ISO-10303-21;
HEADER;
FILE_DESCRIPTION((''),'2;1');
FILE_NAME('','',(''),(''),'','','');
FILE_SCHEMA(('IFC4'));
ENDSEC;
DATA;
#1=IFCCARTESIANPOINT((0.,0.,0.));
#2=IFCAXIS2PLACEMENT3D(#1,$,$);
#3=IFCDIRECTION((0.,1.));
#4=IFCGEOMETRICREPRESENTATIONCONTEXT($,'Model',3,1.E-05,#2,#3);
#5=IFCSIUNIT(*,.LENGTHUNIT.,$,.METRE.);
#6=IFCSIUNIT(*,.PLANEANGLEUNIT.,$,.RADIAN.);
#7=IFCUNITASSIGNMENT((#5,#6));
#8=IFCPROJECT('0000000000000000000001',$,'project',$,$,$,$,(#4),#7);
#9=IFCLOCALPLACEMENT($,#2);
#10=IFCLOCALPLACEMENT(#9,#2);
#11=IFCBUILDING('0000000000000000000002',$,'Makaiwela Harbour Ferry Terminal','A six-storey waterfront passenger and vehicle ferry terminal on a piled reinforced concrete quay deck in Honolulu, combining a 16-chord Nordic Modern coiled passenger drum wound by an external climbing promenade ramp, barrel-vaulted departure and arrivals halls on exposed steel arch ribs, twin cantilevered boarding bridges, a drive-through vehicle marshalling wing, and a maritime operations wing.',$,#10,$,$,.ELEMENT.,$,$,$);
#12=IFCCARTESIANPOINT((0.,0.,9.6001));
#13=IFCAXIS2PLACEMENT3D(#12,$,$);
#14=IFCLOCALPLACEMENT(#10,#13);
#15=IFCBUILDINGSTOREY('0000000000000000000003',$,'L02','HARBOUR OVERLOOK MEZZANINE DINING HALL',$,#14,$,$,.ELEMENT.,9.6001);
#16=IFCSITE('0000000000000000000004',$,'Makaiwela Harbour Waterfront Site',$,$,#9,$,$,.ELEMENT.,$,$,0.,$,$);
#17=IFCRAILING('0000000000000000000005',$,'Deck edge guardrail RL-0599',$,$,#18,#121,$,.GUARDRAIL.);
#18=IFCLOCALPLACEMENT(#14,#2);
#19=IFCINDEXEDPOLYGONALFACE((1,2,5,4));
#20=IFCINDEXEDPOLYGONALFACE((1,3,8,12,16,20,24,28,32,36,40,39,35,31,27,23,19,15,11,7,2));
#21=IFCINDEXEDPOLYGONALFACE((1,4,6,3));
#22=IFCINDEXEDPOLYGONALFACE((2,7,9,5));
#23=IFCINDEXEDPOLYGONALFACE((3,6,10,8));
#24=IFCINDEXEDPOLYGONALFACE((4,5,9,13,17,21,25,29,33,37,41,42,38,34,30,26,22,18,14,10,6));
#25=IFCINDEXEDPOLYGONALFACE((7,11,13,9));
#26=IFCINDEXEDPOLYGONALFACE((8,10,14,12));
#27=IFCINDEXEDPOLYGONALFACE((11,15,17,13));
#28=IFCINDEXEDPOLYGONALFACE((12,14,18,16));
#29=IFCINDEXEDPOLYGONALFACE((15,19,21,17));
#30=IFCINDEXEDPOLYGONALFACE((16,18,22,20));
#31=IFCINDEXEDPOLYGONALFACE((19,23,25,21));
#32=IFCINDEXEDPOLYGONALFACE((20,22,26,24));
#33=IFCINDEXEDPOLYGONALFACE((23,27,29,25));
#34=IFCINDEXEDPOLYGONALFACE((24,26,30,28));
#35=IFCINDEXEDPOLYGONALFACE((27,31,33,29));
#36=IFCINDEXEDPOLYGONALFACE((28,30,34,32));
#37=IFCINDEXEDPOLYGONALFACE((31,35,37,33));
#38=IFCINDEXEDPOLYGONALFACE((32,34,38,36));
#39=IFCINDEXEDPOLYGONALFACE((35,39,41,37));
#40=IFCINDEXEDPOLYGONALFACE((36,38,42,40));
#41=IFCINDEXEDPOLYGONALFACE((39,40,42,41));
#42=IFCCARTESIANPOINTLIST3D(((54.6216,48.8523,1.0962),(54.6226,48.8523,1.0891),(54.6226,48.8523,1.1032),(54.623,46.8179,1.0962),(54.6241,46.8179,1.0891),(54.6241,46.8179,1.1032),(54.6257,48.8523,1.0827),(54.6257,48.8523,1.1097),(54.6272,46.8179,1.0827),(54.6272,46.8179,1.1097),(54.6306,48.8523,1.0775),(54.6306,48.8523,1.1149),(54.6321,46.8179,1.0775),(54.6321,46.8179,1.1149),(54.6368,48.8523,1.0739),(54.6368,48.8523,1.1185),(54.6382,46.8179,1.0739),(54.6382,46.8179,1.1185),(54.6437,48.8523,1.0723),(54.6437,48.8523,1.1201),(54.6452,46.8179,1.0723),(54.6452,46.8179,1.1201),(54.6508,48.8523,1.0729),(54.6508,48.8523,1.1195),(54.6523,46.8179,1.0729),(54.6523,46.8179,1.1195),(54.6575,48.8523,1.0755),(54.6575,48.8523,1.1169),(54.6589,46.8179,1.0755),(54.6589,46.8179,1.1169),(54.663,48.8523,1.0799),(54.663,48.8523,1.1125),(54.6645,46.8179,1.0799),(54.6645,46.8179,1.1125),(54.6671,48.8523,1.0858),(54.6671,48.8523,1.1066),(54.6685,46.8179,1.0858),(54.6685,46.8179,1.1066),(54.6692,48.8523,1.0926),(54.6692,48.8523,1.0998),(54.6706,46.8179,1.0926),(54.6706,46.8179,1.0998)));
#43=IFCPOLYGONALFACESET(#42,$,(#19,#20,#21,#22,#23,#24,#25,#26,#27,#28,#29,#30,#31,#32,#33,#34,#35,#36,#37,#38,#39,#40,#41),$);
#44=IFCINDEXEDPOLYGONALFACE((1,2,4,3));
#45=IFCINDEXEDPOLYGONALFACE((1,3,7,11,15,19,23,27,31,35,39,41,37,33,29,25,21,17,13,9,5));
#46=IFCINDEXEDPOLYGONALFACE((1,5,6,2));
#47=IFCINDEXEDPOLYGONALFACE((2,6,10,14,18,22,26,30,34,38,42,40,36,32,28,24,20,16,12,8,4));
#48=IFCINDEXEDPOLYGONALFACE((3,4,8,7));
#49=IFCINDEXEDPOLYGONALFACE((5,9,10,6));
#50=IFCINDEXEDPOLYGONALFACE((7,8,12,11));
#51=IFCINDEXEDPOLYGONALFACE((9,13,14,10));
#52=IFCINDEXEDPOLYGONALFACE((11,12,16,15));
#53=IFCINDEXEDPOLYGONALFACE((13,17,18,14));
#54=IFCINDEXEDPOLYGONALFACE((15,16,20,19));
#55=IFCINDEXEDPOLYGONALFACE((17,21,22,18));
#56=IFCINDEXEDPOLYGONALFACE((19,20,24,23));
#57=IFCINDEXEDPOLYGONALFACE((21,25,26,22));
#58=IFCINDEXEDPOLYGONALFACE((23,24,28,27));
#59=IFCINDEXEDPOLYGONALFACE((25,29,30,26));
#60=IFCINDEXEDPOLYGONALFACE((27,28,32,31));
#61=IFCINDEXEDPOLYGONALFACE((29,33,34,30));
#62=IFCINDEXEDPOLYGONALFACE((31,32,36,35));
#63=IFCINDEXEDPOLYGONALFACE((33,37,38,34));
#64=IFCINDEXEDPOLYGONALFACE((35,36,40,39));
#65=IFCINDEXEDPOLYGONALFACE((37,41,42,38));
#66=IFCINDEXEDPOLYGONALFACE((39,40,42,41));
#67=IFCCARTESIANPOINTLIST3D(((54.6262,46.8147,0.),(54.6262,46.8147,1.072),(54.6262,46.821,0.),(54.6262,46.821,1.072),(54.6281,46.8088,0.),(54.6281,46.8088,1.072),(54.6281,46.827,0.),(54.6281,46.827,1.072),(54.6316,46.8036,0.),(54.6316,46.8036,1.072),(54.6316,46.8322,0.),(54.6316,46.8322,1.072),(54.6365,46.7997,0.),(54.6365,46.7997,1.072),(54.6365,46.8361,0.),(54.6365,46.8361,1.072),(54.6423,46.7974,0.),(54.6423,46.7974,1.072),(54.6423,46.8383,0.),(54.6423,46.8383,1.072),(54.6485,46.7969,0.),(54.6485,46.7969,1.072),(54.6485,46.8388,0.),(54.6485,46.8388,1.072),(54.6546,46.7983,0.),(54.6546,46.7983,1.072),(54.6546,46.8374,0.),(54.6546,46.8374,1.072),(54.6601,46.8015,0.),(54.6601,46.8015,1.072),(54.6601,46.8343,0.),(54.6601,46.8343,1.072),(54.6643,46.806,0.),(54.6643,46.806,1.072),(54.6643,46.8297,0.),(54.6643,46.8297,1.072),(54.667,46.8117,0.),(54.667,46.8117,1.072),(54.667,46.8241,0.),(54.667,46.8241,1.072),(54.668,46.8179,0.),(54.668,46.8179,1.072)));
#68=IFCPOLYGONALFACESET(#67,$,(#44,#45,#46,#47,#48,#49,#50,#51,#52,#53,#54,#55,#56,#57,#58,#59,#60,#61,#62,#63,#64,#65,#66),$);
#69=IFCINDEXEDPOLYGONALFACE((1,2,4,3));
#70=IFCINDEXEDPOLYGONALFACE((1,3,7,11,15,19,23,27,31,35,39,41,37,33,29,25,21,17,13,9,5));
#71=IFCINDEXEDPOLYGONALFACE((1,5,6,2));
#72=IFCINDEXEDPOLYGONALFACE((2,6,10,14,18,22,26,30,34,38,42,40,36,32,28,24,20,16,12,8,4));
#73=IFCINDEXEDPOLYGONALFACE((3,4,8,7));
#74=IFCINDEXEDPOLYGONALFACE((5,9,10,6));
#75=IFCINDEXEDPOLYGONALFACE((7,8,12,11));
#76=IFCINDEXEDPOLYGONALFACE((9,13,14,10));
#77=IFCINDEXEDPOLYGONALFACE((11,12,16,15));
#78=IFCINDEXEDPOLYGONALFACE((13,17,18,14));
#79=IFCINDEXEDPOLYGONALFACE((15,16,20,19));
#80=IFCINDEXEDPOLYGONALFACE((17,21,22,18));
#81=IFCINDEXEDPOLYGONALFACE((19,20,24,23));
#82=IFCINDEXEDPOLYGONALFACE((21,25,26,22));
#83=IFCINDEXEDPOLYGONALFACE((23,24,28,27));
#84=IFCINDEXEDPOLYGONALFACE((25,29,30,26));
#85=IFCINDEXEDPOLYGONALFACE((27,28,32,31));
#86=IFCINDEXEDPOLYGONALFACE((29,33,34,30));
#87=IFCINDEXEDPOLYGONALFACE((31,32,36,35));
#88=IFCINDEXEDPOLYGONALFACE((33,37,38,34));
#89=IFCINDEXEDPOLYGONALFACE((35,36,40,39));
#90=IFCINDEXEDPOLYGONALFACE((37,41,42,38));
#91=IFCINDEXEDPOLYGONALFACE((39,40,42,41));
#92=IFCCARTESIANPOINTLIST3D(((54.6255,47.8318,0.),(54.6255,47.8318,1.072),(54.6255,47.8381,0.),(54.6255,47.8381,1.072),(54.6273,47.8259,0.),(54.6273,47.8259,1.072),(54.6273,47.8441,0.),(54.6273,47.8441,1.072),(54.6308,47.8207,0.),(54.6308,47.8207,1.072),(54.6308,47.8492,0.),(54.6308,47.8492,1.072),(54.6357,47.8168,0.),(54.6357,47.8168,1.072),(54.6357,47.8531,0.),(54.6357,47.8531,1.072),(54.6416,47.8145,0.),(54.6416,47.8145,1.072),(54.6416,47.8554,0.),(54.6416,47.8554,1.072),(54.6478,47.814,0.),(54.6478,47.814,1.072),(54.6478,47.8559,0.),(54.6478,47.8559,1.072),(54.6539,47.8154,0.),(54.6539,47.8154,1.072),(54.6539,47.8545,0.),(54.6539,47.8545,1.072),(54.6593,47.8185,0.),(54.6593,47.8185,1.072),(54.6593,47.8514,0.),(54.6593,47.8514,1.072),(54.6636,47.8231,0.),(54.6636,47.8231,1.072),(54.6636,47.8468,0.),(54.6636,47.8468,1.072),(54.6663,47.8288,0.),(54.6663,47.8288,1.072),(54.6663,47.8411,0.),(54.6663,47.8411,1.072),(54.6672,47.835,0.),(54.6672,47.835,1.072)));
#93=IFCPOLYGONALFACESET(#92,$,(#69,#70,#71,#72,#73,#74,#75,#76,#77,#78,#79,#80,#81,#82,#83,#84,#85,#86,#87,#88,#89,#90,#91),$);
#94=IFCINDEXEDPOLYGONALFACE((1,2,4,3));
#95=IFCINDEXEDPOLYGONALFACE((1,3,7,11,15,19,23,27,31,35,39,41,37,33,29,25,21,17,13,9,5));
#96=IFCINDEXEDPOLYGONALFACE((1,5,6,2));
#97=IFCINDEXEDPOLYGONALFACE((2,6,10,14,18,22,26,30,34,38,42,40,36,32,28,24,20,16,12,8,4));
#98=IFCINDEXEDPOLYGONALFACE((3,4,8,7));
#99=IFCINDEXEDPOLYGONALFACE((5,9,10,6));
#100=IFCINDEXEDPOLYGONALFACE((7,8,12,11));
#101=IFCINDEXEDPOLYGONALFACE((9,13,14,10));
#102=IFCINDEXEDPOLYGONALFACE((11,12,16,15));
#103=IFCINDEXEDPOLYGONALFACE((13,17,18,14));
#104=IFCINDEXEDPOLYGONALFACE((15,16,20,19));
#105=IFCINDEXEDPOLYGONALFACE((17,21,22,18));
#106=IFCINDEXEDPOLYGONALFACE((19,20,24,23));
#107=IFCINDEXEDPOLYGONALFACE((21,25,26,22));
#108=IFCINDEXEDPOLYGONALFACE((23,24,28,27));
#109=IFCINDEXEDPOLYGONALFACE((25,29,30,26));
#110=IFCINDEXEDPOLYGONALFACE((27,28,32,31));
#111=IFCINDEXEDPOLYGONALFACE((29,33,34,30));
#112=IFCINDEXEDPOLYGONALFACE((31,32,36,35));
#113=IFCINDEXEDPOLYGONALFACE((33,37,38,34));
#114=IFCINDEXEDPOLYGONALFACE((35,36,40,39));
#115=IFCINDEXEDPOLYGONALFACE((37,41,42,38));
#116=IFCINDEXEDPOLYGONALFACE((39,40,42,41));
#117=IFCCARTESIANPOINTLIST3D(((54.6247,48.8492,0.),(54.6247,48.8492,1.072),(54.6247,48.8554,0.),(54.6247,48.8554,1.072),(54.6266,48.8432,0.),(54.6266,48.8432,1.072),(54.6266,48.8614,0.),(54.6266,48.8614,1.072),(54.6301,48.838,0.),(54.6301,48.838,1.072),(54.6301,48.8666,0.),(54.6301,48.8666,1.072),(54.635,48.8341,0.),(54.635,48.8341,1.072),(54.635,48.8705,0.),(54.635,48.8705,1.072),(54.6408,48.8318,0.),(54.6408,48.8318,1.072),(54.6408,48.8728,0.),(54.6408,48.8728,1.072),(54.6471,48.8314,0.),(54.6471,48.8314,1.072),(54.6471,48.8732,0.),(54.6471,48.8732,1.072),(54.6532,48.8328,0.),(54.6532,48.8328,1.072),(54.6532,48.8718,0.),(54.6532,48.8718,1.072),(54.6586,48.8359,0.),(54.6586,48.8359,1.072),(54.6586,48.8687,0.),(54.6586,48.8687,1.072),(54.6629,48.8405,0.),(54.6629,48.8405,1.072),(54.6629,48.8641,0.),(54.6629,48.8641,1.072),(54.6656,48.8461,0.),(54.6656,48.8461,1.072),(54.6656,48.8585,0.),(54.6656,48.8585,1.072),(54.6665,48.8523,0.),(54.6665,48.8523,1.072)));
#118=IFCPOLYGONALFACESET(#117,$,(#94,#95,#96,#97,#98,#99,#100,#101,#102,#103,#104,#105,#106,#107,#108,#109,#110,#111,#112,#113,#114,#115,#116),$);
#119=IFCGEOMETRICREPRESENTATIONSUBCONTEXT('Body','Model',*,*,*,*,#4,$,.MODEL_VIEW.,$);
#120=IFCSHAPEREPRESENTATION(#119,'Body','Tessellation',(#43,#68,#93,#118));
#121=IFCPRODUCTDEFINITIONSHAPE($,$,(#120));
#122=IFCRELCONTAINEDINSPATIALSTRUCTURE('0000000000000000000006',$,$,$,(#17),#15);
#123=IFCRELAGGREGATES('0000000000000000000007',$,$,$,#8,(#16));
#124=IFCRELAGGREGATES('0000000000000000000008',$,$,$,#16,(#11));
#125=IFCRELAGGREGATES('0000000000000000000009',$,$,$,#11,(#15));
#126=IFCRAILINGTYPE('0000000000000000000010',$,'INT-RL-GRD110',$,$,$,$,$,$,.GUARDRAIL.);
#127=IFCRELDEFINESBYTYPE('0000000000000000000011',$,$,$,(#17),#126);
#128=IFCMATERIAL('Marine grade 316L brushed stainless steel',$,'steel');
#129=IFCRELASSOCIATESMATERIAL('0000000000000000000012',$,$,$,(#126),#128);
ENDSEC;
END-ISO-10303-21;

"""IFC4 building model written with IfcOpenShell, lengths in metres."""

from ifc_helpers import new_model, si_unit, direction, frame, origin, origin_2d, place, context, subcontext, project, spatial, circle, extrude, material, type_object, element, save


model = new_model("IFC4")

# Units and contexts
model_context = context("Model", 3, precision=1e-05, world=origin(), true_north=direction((0.0, 1.0)))
body_context = subcontext(model_context, "Body", "Model", "MODEL_VIEW")
ifc_project = project(units=[si_unit("LENGTHUNIT", "METRE"), si_unit("PLANEANGLEUNIT", "RADIAN")], contexts=[model_context])

# Site, building, storey
site_placement = place(None, origin())
site = spatial("IfcSite", under=ifc_project, at=site_placement, Name="Makaiwela Harbour Waterfront Site", CompositionType="ELEMENT", RefElevation=0.0)
building_placement = place(site_placement, origin())
building = spatial("IfcBuilding", under=site, at=building_placement, Name="Makaiwela Harbour Ferry Terminal", Description="A six-storey waterfront passenger and vehicle ferry terminal on a piled reinforced concrete quay deck in Honolulu, combining a 16-chord Nordic Modern coiled passenger drum wound by an external climbing promenade ramp, barrel-vaulted departure and arrivals halls on exposed steel arch ribs, twin cantilevered boarding bridges, a drive-through vehicle marshalling wing, and a maritime operations wing.", CompositionType="ELEMENT")
storey_placement = place(building_placement, frame((0.0, 0.0, 9.6001)))
storey = spatial("IfcBuildingStorey", under=building, at=storey_placement, Name="L02", Description="HARBOUR OVERLOOK MEZZANINE DINING HALL", CompositionType="ELEMENT", Elevation=9.6001)

# Railing
ifc_material_1 = material(Name="Marine grade 316L brushed stainless steel", Category="steel")
railing_type = type_object("IfcRailingType", Name="INT-RL-GRD110", PredefinedType="GUARDRAIL", material=ifc_material_1)
railing_1_placement = place(storey_placement, frame((54.647, 46.8179, 0.0)))
element("IfcRailing", 1, at=railing_1_placement, inside=storey, type_object=railing_type, Name="Deck edge guardrail RL-0599", PredefinedType="GUARDRAIL", context=body_context, shape_type="SweptSolid", body=[
    extrude(circle(Radius=0.0239, at=origin_2d()), frame((0.0, 0.0, 1.0962), z_axis=(-0.00072, 1.0, 0.0), x_axis=(-1.0, -0.00072, 0.0)), (0.0, 0.0, 1.0), 2.0344),
    extrude(circle(Radius=0.021, at=origin_2d()), origin(), (0.0, 0.0, 1.0), 1.072),
    extrude(circle(Radius=0.021, at=origin_2d()), frame((-0.0007, 1.0171, 0.0)), (0.0, 0.0, 1.0), 1.072),
    extrude(circle(Radius=0.021, at=origin_2d()), frame((-0.0015, 2.0344, 0.0)), (0.0, 0.0, 1.0), 1.072),
])

save(model, "model.ifc")
